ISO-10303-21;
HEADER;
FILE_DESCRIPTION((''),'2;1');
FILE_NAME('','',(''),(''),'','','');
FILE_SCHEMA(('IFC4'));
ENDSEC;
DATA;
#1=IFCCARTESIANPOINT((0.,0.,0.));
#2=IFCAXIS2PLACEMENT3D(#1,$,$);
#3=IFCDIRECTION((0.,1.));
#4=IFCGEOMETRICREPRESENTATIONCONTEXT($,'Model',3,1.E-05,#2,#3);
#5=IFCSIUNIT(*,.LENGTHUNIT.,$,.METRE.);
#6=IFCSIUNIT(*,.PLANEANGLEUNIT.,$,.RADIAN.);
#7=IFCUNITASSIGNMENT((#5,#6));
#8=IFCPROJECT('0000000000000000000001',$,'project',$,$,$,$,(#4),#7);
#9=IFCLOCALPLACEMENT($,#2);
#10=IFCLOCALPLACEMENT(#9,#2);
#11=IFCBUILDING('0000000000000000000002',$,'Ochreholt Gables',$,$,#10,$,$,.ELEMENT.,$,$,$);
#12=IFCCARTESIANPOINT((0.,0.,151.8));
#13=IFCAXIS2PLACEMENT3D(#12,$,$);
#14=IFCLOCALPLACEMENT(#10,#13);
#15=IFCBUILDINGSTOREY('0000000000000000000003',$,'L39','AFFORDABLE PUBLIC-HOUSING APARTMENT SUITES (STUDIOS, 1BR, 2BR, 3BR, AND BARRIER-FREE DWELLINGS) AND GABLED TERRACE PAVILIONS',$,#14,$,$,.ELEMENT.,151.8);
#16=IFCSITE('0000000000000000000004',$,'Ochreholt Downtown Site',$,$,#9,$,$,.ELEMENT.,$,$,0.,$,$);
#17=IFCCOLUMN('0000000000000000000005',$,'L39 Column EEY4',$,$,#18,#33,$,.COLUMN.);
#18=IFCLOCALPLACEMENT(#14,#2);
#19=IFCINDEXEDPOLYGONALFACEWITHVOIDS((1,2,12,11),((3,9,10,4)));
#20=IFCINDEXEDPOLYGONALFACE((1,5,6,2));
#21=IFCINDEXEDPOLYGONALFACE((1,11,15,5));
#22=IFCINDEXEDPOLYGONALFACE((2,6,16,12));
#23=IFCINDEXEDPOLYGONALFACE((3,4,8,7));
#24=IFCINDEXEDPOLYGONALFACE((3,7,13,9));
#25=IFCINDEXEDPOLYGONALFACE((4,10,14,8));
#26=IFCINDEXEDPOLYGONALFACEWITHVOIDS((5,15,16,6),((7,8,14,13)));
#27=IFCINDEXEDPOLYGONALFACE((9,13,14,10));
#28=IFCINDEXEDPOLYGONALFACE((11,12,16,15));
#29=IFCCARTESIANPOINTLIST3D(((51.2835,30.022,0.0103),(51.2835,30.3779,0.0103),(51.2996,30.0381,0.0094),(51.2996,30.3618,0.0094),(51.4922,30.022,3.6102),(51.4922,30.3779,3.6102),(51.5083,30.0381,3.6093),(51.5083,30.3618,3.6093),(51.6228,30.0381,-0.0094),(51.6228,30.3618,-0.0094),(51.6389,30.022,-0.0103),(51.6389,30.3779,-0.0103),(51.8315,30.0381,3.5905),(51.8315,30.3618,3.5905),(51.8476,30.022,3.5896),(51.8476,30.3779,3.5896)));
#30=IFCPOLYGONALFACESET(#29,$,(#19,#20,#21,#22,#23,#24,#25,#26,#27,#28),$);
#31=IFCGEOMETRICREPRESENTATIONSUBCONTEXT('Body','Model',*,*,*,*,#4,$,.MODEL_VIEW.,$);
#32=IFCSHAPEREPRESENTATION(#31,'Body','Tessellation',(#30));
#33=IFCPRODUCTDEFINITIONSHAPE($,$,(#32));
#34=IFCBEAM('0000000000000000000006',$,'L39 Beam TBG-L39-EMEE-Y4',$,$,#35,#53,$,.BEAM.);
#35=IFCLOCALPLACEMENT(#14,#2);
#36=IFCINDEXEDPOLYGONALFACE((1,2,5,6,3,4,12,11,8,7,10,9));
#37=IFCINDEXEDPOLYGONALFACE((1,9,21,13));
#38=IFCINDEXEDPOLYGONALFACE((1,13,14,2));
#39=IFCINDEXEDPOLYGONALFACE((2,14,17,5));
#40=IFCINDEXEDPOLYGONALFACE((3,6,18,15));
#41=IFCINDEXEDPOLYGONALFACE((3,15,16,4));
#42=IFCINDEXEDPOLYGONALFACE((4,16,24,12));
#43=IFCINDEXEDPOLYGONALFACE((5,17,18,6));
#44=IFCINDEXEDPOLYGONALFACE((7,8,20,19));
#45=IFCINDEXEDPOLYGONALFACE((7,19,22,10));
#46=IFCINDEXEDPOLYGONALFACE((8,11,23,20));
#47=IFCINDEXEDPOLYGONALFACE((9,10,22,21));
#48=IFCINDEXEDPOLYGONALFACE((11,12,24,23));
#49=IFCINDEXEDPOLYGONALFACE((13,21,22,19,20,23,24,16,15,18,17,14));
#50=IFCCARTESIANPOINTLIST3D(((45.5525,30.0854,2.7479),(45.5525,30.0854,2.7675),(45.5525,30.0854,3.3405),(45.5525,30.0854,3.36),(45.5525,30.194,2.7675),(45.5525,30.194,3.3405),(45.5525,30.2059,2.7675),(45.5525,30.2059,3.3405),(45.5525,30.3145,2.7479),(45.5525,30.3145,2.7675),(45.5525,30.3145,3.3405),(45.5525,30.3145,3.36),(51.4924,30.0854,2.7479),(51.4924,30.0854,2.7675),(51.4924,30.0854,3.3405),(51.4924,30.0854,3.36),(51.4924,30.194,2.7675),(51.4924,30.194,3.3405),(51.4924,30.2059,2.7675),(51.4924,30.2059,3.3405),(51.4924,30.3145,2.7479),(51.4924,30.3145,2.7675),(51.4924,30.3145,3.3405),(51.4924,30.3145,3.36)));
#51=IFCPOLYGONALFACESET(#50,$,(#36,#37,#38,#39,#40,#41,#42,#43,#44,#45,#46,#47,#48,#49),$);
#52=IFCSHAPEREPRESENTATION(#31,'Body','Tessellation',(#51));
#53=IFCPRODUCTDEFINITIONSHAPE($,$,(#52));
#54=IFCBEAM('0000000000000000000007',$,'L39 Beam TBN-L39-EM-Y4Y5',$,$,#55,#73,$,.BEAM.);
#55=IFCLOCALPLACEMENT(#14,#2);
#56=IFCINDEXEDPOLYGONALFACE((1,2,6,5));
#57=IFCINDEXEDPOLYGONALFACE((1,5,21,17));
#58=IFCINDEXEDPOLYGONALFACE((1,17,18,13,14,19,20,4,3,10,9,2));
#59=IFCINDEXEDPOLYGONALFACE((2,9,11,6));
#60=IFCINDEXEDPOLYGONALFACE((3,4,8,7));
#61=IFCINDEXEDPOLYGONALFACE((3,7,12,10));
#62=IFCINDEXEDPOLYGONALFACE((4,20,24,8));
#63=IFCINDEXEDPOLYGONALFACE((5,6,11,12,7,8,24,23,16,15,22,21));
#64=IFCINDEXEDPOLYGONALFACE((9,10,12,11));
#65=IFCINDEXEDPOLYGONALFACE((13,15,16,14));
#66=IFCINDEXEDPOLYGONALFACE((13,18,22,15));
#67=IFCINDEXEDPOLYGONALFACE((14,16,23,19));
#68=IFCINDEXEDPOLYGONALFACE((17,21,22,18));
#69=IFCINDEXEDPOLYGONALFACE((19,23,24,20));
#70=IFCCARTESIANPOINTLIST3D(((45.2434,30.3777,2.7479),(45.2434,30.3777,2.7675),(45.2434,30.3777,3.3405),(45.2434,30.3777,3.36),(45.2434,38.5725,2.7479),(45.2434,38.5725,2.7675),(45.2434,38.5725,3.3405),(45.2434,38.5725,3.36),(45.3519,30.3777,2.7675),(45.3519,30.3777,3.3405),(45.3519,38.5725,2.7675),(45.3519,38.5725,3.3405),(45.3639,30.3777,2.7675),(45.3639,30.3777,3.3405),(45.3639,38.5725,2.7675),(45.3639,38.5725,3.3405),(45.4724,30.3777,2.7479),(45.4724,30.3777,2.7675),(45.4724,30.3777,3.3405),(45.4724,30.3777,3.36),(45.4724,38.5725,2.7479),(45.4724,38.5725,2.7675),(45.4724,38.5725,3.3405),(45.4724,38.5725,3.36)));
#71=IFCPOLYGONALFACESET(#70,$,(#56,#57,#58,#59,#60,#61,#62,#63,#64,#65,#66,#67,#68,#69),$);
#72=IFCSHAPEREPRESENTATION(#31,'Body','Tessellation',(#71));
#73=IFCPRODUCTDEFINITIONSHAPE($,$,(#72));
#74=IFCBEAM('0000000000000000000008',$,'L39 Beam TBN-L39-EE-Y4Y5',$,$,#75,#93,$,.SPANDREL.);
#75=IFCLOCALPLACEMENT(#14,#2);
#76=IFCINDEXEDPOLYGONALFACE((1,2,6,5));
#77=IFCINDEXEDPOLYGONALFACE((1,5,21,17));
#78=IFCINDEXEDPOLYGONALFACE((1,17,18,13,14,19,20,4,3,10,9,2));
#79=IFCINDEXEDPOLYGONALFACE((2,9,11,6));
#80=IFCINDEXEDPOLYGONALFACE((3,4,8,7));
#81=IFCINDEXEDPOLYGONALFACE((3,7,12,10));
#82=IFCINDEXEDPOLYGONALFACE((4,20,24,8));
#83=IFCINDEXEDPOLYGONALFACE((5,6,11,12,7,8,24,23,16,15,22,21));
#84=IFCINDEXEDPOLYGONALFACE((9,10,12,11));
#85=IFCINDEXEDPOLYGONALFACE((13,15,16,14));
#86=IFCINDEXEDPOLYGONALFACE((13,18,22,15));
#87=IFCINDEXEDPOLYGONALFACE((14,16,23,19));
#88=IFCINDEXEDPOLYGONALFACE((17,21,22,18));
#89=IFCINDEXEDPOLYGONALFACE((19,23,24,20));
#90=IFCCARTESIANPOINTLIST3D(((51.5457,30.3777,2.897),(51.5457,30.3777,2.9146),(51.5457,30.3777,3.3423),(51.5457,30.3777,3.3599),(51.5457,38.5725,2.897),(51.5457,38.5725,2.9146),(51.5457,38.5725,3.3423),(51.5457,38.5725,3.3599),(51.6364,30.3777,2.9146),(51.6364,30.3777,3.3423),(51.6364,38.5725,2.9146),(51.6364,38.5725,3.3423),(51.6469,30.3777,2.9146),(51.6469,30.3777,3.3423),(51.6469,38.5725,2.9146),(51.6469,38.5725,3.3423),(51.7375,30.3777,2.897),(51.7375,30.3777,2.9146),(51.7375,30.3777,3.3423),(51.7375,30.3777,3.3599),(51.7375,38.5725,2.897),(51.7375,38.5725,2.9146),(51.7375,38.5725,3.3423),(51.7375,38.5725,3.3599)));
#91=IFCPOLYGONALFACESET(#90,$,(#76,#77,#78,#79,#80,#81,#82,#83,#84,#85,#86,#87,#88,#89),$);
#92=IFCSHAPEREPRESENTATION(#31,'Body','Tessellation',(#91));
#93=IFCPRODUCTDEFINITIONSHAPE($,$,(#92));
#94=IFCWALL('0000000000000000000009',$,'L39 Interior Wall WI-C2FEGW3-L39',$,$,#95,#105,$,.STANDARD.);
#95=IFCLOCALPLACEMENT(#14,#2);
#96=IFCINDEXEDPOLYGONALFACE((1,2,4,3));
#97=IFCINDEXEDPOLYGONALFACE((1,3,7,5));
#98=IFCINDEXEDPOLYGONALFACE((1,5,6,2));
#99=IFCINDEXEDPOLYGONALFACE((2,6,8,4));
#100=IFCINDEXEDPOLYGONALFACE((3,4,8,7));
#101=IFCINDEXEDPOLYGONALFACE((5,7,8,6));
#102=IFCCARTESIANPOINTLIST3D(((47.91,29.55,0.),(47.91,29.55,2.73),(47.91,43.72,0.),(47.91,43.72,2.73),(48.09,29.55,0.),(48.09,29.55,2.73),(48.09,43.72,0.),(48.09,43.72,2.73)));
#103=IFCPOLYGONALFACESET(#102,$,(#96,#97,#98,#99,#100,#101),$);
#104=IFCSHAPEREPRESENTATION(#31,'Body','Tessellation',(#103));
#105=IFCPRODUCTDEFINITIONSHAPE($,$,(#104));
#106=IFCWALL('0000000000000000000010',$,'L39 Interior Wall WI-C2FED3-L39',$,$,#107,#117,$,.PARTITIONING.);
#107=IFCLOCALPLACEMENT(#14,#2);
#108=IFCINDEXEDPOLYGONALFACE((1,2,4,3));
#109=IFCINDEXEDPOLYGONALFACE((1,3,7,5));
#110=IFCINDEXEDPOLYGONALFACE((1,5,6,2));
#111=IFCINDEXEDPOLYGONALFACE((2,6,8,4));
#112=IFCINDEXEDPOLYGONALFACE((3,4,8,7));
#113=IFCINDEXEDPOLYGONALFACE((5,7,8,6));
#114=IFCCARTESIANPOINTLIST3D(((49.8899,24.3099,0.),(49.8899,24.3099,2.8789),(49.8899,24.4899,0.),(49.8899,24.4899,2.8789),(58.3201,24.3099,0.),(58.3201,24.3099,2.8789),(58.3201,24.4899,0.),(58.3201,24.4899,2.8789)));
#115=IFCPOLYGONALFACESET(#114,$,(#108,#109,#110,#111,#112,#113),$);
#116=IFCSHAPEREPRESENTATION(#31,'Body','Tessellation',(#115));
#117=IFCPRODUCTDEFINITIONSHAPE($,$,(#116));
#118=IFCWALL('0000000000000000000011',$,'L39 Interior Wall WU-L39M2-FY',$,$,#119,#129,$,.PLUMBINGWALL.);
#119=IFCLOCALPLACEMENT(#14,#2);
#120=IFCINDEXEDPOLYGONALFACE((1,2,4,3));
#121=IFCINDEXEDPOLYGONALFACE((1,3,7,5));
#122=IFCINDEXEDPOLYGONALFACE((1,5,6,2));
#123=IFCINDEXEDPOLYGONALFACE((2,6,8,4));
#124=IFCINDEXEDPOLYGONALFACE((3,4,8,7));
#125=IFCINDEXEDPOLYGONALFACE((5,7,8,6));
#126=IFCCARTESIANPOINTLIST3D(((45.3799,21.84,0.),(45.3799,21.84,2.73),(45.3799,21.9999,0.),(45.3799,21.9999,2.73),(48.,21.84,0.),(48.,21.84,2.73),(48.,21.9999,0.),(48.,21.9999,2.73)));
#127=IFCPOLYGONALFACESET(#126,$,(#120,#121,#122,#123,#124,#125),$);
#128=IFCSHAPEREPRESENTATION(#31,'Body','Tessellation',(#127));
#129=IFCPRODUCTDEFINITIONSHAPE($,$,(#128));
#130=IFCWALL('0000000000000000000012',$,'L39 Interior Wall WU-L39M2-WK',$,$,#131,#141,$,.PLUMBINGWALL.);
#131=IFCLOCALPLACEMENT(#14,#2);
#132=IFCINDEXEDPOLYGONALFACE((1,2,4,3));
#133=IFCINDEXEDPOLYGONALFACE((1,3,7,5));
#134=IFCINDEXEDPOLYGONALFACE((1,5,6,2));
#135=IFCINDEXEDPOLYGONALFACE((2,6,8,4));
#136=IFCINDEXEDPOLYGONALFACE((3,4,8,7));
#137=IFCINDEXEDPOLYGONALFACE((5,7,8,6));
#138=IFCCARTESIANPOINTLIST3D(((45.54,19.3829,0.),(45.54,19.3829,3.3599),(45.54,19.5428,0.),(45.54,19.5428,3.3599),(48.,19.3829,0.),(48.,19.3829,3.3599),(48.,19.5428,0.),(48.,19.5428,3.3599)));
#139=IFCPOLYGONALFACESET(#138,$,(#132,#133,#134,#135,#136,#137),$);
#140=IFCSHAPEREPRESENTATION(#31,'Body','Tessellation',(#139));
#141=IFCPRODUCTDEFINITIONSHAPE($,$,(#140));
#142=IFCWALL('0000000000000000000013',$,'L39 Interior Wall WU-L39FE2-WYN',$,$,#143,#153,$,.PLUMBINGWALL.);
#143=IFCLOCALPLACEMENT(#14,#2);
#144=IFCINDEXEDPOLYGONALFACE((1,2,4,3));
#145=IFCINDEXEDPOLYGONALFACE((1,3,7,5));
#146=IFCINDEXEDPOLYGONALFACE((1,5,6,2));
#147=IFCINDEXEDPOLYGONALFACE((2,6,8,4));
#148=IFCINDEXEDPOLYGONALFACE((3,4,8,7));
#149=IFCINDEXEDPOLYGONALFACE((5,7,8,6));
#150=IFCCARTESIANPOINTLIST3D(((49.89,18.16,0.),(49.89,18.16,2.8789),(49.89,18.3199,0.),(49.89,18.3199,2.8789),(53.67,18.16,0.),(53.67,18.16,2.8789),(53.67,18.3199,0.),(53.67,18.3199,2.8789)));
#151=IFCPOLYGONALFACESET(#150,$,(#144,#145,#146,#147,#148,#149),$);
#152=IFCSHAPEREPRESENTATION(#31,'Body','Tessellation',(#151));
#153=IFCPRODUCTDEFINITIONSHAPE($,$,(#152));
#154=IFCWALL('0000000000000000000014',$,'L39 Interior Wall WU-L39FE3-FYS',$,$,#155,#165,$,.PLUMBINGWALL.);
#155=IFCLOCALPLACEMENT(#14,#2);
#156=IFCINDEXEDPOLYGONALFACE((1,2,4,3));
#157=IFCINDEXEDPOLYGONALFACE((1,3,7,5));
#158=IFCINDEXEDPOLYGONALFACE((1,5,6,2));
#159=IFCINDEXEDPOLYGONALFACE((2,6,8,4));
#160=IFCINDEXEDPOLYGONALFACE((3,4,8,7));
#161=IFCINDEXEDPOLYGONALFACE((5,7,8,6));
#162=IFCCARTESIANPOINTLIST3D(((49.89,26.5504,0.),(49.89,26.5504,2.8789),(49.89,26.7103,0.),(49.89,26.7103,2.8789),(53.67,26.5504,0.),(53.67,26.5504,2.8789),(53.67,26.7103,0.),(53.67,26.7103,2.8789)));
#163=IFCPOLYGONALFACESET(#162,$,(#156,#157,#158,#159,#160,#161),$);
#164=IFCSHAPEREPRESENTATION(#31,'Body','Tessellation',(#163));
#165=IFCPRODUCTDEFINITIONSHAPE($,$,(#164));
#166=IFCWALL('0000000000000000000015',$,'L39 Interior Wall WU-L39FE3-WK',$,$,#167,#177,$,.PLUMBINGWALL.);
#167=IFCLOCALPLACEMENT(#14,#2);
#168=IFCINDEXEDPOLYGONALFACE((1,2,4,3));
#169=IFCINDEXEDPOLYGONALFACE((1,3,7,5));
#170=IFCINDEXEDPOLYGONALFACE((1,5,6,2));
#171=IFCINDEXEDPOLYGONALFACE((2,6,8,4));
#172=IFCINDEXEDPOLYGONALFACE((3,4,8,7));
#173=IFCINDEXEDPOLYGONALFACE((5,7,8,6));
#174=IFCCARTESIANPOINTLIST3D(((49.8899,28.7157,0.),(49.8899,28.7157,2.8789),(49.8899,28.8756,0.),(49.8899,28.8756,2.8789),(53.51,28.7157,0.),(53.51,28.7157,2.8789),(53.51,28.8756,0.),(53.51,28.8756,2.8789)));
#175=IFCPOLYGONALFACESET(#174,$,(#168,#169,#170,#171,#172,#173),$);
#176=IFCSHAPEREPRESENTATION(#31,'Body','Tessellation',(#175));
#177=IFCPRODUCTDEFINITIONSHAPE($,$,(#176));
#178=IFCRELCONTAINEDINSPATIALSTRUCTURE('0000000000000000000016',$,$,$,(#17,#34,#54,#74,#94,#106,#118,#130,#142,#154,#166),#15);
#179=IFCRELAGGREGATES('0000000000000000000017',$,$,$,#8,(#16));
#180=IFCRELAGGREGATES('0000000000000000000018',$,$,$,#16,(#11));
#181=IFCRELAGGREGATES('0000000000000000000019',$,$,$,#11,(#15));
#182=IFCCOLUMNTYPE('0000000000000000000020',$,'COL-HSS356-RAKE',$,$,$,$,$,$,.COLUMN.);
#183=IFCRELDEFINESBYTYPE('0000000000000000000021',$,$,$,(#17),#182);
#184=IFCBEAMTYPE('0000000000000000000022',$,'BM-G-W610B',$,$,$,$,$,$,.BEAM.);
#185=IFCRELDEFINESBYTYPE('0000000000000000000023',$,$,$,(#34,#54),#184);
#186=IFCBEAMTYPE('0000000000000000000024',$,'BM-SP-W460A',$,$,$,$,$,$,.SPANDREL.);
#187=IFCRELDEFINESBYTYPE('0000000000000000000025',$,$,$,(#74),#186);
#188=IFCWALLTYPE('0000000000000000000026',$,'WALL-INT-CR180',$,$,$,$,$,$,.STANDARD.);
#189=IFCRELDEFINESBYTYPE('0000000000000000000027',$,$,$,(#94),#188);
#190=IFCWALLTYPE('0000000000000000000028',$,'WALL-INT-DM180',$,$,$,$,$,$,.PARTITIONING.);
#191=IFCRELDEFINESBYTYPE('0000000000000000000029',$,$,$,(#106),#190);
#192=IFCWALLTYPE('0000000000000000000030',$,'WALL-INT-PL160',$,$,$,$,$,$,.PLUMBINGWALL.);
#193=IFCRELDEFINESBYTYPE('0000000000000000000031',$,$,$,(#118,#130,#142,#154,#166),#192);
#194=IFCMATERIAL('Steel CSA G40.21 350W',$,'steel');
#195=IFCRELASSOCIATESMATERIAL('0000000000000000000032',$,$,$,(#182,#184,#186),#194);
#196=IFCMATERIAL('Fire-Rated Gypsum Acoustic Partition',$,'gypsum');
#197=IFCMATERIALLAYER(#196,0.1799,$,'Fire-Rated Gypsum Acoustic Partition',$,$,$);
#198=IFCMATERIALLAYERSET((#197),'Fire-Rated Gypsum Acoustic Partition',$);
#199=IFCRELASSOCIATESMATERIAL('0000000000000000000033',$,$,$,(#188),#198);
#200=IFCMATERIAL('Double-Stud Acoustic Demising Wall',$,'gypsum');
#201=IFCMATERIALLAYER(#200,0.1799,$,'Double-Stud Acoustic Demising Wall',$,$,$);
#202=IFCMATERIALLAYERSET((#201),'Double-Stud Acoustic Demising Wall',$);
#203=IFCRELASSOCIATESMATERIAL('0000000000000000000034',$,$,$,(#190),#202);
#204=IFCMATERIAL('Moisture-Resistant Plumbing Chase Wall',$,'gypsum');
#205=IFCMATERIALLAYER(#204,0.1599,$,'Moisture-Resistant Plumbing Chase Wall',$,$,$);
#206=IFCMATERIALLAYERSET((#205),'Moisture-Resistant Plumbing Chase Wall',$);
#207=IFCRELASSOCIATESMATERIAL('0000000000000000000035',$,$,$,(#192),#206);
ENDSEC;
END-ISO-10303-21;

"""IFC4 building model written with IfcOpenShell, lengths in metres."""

from ifc_helpers import new_model, si_unit, direction, frame, frame_2d, origin, origin_2d, place, context, subcontext, project, spatial, rectangle, hollow_rectangle, i_section, extrude, material, layer, layer_set, material_profile, profile_set, type_object, element, save


model = new_model("IFC4")

# Units and contexts
model_context = context("Model", 3, precision=1e-05, world=origin(), true_north=direction((0.0, 1.0)))
body_context = subcontext(model_context, "Body", "Model", "MODEL_VIEW")
ifc_project = project(units=[si_unit("LENGTHUNIT", "METRE"), si_unit("PLANEANGLEUNIT", "RADIAN")], contexts=[model_context])

# Site, building, storey
site_placement = place(None, origin())
site = spatial("IfcSite", under=ifc_project, at=site_placement, Name="Ochreholt Downtown Site", CompositionType="ELEMENT", RefElevation=0.0)
building_placement = place(site_placement, origin())
building = spatial("IfcBuilding", under=site, at=building_placement, Name="Ochreholt Gables", CompositionType="ELEMENT")
storey_placement = place(building_placement, frame((0.0, 0.0, 151.8)))
storey = spatial("IfcBuildingStorey", under=building, at=storey_placement, Name="L39", Description="AFFORDABLE PUBLIC-HOUSING APARTMENT SUITES (STUDIOS, 1BR, 2BR, 3BR, AND BARRIER-FREE DWELLINGS) AND GABLED TERRACE PAVILIONS", CompositionType="ELEMENT", Elevation=151.8)

# Column
ifc_material_1 = material(Name="Steel CSA G40.21 350W", Category="steel")
ifc_material_profile_1 = material_profile(ifc_material_1, hollow_rectangle(XDim=0.356, YDim=0.356, WallThickness=0.0161, at=origin_2d()), Name="HSS356X356X16")
ifc_profile_set_1 = profile_set([ifc_material_profile_1], Name="Steel CSA G40.21 350W")
column_type = type_object("IfcColumnType", Name="COL-HSS356-RAKE", PredefinedType="COLUMN", material=ifc_profile_set_1)
column_placement = place(storey_placement, frame((51.4612, 30.2, 0.0), z_axis=(0.057889, 0.0, 0.998323), x_axis=(0.0, 1.0, 0.0)))
element("IfcColumn", 1, at=column_placement, inside=storey, type_object=column_type, Name="L39 Column EEY4", PredefinedType="COLUMN", context=body_context, shape_type="SweptSolid", body=[
    extrude(hollow_rectangle(XDim=0.356, YDim=0.356, WallThickness=0.0161, at=origin_2d()), origin(), (0.0, 0.0, 1.0), 3.606),
])

# Beams
ifc_material_profile_2 = material_profile(ifc_material_1, i_section(OverallWidth=0.229, OverallDepth=0.6121, WebThickness=0.012, FlangeThickness=0.0195, at=origin_2d()), Name="W610X125")
ifc_profile_set_2 = profile_set([ifc_material_profile_2], Name="Steel CSA G40.21 350W")
beam_type_1 = type_object("IfcBeamType", Name="BM-G-W610B", PredefinedType="BEAM", material=ifc_profile_set_2)
beam_1_placement = place(storey_placement, frame((45.5525, 30.2, 3.054), z_axis=(1.0, 0.0, 0.0), x_axis=(0.0, 1.0, 0.0)))
element("IfcBeam", 2, at=beam_1_placement, inside=storey, type_object=beam_type_1, Name="L39 Beam TBG-L39-EMEE-Y4", PredefinedType="BEAM", context=body_context, shape_type="SweptSolid", body=[
    extrude(i_section(OverallWidth=0.229, OverallDepth=0.6121, WebThickness=0.012, FlangeThickness=0.0195, at=origin_2d()), origin(), (0.0, 0.0, 1.0), 5.9399),
])
beam_2_placement = place(storey_placement, frame((45.3579, 30.3777, 3.054), z_axis=(0.0, 1.0, 0.0), x_axis=(-1.0, 0.0, 0.0)))
element("IfcBeam", 3, at=beam_2_placement, inside=storey, type_object=beam_type_1, Name="L39 Beam TBN-L39-EM-Y4Y5", PredefinedType="BEAM", context=body_context, shape_type="SweptSolid", body=[
    extrude(i_section(OverallWidth=0.229, OverallDepth=0.6121, WebThickness=0.012, FlangeThickness=0.0195, at=origin_2d()), origin(), (0.0, 0.0, 1.0), 8.1948),
])
ifc_material_profile_3 = material_profile(ifc_material_1, i_section(OverallWidth=0.1919, OverallDepth=0.4629, WebThickness=0.0105, FlangeThickness=0.0176, at=origin_2d()), Name="W460X89")
ifc_profile_set_3 = profile_set([ifc_material_profile_3], Name="Steel CSA G40.21 350W")
beam_type_2 = type_object("IfcBeamType", Name="BM-SP-W460A", PredefinedType="SPANDREL", material=ifc_profile_set_3)
beam_3_placement = place(storey_placement, frame((51.6416, 30.3777, 3.1284), z_axis=(0.0, 1.0, 0.0), x_axis=(-1.0, 0.0, 0.0)))
element("IfcBeam", 4, at=beam_3_placement, inside=storey, type_object=beam_type_2, Name="L39 Beam TBN-L39-EE-Y4Y5", PredefinedType="SPANDREL", context=body_context, shape_type="SweptSolid", body=[
    extrude(i_section(OverallWidth=0.1919, OverallDepth=0.4629, WebThickness=0.0105, FlangeThickness=0.0176, at=origin_2d()), origin(), (0.0, 0.0, 1.0), 8.1948),
])

# Walls
ifc_material_2 = material(Name="Fire-Rated Gypsum Acoustic Partition", Category="gypsum")
ifc_layer_1 = layer(ifc_material_2, 0.1799, Name="Fire-Rated Gypsum Acoustic Partition")
ifc_layer_set_1 = layer_set([ifc_layer_1], Name="Fire-Rated Gypsum Acoustic Partition")
wall_type_1 = type_object("IfcWallType", Name="WALL-INT-CR180", PredefinedType="STANDARD", material=ifc_layer_set_1)
wall_1_placement = place(storey_placement, frame((48.0, 29.55, 0.0), z_axis=(0.0, 0.0, 1.0), x_axis=(0.0, 1.0, 0.0)))
element("IfcWall", 5, at=wall_1_placement, inside=storey, type_object=wall_type_1, Name="L39 Interior Wall WI-C2FEGW3-L39", PredefinedType="STANDARD", context=body_context, shape_type="SweptSolid", body=[
    extrude(rectangle(XDim=14.1699, YDim=0.1799, at=frame_2d((7.085, 0.0))), origin(), (0.0, 0.0, 1.0), 2.73),
])
ifc_material_3 = material(Name="Double-Stud Acoustic Demising Wall", Category="gypsum")
ifc_layer_2 = layer(ifc_material_3, 0.1799, Name="Double-Stud Acoustic Demising Wall")
ifc_layer_set_2 = layer_set([ifc_layer_2], Name="Double-Stud Acoustic Demising Wall")
wall_type_2 = type_object("IfcWallType", Name="WALL-INT-DM180", PredefinedType="PARTITIONING", material=ifc_layer_set_2)
wall_2_placement = place(storey_placement, frame((49.8899, 24.3999, 0.0), z_axis=(0.0, 0.0, 1.0), x_axis=(1.0, 0.0, 0.0)))
element("IfcWall", 6, at=wall_2_placement, inside=storey, type_object=wall_type_2, Name="L39 Interior Wall WI-C2FED3-L39", PredefinedType="PARTITIONING", context=body_context, shape_type="SweptSolid", body=[
    extrude(rectangle(XDim=8.4302, YDim=0.1799, at=frame_2d((4.2151, 0.0))), origin(), (0.0, 0.0, 1.0), 2.8789),
])
ifc_material_4 = material(Name="Moisture-Resistant Plumbing Chase Wall", Category="gypsum")
ifc_layer_3 = layer(ifc_material_4, 0.1599, Name="Moisture-Resistant Plumbing Chase Wall")
ifc_layer_set_3 = layer_set([ifc_layer_3], Name="Moisture-Resistant Plumbing Chase Wall")
wall_type_3 = type_object("IfcWallType", Name="WALL-INT-PL160", PredefinedType="PLUMBINGWALL", material=ifc_layer_set_3)
wall_3_placement = place(storey_placement, frame((45.3799, 21.9199, 0.0), z_axis=(0.0, 0.0, 1.0), x_axis=(1.0, 0.0, 0.0)))
element("IfcWall", 7, at=wall_3_placement, inside=storey, type_object=wall_type_3, Name="L39 Interior Wall WU-L39M2-FY", PredefinedType="PLUMBINGWALL", context=body_context, shape_type="SweptSolid", body=[
    extrude(rectangle(XDim=2.6201, YDim=0.1599, at=frame_2d((1.3101, 0.0))), origin(), (0.0, 0.0, 1.0), 2.73),
])
wall_4_placement = place(storey_placement, frame((45.54, 19.4629, 0.0), z_axis=(0.0, 0.0, 1.0), x_axis=(1.0, 0.0, 0.0)))
element("IfcWall", 8, at=wall_4_placement, inside=storey, type_object=wall_type_3, Name="L39 Interior Wall WU-L39M2-WK", PredefinedType="PLUMBINGWALL", context=body_context, shape_type="SweptSolid", body=[
    extrude(rectangle(XDim=2.46, YDim=0.1599, at=frame_2d((1.23, 0.0))), origin(), (0.0, 0.0, 1.0), 3.3599),
])
for number, where, z_axis, x_axis, name in (
    (9, (49.8899, 18.24, 0.0), (0.0, 0.0, 1.0), (1.0, 0.0, 0.0), "L39 Interior Wall WU-L39FE2-WYN"),
    (10, (49.8899, 26.6304, 0.0), (0.0, 0.0, 1.0), (1.0, 0.0, 0.0), "L39 Interior Wall WU-L39FE3-FYS"),
):
    element("IfcWall", number, at=place(storey_placement, frame(where, z_axis=z_axis, x_axis=x_axis)), inside=storey, type_object=wall_type_3, Name=name, PredefinedType="PLUMBINGWALL", context=body_context, shape_type="SweptSolid", body=[
        extrude(rectangle(XDim=3.78, YDim=0.1599, at=frame_2d((1.8901, 0.0))), origin(), (0.0, 0.0, 1.0), 2.8789),
    ])

# Wall
wall_5_placement = place(storey_placement, frame((49.8899, 28.7957, 0.0), z_axis=(0.0, 0.0, 1.0), x_axis=(1.0, 0.0, 0.0)))
element("IfcWall", 11, at=wall_5_placement, inside=storey, type_object=wall_type_3, Name="L39 Interior Wall WU-L39FE3-WK", PredefinedType="PLUMBINGWALL", context=body_context, shape_type="SweptSolid", body=[
    extrude(rectangle(XDim=3.6201, YDim=0.1599, at=frame_2d((1.8101, 0.0))), origin(), (0.0, 0.0, 1.0), 2.8789),
])

save(model, "model.ifc")
